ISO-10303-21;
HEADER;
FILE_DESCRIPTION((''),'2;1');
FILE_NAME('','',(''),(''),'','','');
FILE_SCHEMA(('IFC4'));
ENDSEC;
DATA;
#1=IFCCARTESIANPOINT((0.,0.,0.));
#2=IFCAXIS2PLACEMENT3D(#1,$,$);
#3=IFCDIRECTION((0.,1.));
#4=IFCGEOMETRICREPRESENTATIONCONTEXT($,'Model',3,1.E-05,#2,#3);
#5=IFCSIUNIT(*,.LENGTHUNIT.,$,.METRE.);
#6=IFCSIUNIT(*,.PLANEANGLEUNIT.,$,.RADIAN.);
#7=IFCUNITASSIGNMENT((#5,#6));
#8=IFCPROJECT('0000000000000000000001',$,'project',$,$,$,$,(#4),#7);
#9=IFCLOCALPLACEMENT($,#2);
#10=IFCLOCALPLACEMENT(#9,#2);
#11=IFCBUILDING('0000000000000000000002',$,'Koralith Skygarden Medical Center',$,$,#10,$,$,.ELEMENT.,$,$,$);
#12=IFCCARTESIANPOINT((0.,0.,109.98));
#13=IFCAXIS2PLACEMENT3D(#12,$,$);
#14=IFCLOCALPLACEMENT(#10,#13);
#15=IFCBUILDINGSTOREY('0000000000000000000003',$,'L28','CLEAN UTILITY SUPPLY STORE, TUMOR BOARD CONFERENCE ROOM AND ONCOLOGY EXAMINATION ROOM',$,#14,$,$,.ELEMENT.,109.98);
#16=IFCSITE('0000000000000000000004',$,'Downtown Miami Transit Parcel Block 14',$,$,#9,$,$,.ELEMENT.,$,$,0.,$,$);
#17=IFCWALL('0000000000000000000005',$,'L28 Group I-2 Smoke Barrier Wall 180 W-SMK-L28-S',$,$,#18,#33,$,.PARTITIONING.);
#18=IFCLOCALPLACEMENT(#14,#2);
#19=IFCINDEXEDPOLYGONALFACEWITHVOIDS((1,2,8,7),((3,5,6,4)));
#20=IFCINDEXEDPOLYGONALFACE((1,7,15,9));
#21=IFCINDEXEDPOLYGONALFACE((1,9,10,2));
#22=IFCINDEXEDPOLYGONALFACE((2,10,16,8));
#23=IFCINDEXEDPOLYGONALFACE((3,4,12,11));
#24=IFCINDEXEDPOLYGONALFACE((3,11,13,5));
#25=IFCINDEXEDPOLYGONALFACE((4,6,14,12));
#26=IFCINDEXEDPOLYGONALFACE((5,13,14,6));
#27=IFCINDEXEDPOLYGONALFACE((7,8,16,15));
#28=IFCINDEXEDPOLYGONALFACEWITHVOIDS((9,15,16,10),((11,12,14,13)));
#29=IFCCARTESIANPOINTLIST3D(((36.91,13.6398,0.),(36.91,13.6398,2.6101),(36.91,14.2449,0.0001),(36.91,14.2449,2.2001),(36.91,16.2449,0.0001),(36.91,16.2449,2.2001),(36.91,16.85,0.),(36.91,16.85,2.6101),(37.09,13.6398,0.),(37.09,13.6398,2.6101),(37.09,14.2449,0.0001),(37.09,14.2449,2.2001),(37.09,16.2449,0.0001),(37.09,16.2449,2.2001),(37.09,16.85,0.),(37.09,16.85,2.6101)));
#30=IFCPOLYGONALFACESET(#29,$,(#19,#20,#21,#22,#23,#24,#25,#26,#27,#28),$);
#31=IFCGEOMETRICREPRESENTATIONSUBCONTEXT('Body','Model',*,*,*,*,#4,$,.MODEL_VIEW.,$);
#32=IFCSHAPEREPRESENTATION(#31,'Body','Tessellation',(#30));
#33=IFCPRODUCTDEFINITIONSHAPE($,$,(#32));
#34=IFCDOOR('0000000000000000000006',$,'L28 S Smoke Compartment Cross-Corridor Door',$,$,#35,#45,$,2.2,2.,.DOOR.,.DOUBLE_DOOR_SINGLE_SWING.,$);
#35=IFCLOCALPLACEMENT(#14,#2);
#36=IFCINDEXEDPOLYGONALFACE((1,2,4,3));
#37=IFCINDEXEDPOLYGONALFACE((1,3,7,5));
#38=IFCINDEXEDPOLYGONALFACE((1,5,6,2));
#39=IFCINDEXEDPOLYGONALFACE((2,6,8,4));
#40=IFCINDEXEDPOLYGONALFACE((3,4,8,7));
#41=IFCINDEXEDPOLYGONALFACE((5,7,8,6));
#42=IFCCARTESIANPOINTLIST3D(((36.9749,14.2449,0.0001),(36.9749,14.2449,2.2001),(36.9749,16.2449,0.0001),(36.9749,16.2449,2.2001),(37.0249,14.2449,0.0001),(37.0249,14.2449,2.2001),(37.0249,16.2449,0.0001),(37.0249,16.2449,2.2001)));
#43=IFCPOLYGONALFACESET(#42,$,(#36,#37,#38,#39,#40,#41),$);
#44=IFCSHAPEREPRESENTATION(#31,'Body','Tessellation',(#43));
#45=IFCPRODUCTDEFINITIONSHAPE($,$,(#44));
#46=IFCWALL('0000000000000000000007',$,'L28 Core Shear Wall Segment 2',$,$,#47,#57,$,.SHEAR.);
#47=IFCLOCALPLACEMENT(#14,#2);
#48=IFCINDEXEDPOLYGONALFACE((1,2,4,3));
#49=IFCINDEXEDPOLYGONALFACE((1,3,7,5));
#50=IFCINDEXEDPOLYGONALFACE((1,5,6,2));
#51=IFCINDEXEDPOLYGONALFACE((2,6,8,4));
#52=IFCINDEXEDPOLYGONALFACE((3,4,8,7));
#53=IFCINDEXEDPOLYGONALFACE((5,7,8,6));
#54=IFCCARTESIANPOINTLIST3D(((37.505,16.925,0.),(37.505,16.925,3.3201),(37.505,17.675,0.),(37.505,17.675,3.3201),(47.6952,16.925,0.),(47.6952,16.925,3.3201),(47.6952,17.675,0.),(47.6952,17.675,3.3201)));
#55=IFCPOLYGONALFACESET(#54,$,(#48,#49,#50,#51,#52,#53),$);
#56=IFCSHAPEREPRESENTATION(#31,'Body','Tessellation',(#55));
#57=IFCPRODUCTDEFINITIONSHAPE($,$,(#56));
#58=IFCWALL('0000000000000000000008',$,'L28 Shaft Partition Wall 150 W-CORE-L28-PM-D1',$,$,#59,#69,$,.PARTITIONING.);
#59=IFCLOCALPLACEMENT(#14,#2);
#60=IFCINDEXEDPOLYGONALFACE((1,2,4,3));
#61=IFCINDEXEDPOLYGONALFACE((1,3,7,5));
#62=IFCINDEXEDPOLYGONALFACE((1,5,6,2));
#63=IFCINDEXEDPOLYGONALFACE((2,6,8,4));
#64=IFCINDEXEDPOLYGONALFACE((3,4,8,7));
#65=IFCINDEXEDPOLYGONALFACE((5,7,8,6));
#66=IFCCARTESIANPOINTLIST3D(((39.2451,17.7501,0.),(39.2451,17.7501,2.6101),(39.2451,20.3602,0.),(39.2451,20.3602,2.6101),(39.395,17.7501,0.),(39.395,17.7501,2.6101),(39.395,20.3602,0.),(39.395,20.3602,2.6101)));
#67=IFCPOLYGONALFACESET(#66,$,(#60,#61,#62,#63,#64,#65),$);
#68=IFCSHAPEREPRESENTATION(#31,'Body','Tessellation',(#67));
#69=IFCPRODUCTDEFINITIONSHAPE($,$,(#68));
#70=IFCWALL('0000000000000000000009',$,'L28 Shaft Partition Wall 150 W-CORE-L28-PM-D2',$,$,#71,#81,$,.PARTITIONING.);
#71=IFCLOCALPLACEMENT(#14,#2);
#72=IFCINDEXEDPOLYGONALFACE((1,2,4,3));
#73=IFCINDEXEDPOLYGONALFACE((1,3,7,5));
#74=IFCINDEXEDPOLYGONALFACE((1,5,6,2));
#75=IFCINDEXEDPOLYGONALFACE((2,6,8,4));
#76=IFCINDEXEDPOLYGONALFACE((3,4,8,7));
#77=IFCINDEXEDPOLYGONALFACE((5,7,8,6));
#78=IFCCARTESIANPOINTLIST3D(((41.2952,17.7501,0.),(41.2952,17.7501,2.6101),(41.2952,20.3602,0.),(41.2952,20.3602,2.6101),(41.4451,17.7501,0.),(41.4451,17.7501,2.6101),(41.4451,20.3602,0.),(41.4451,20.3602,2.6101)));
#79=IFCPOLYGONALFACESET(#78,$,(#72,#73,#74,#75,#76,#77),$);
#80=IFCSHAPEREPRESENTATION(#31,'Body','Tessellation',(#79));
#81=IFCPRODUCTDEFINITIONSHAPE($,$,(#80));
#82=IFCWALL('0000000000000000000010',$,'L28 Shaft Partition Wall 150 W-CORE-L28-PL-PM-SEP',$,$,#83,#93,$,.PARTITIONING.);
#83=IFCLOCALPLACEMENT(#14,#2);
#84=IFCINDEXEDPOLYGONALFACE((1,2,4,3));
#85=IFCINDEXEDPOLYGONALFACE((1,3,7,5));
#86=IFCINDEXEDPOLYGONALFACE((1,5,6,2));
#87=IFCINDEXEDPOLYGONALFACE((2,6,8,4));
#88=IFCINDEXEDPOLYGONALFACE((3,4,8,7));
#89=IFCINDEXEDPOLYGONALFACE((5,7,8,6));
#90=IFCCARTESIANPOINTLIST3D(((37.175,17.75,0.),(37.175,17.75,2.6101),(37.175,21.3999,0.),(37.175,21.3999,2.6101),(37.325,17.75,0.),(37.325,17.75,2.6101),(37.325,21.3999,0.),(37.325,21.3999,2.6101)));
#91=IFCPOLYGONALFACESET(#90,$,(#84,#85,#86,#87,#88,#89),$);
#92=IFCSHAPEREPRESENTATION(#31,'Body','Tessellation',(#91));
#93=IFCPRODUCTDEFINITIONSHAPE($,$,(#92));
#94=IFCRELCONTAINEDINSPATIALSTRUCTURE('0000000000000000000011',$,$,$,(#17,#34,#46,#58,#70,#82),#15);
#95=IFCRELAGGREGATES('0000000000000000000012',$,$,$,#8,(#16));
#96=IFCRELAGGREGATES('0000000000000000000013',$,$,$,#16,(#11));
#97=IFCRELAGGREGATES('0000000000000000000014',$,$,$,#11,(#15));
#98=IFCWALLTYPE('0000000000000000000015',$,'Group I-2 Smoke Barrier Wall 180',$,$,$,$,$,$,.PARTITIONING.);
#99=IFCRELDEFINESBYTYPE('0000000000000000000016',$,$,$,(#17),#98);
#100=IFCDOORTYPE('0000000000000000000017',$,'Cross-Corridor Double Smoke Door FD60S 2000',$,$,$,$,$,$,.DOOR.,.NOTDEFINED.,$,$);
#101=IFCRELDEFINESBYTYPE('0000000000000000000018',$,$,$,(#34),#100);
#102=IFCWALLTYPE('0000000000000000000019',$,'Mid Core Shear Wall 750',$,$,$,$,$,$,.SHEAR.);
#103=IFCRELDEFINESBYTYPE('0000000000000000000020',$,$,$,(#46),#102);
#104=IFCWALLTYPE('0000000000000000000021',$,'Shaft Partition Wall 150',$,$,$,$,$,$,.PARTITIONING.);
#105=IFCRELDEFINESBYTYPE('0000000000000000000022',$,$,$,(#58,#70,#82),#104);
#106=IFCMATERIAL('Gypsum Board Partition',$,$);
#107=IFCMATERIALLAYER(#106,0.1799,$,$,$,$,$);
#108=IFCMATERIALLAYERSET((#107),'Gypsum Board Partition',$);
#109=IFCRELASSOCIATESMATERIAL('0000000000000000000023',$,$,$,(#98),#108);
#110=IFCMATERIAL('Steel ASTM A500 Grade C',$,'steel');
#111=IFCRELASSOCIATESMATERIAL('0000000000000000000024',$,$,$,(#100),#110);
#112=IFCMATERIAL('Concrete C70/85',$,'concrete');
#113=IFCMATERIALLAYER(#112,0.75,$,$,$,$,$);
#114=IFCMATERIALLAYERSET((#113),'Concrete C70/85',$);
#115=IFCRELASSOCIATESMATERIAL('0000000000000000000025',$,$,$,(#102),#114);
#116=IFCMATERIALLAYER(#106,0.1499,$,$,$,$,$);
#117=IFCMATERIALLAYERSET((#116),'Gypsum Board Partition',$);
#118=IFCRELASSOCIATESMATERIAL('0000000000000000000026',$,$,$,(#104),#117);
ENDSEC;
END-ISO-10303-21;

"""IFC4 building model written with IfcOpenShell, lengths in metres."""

from ifc_helpers import new_model, si_unit, direction, frame, frame_2d, origin, place, context, subcontext, project, spatial, rectangle, extrude, material, layer, layer_set, type_object, element, fill, save


model = new_model("IFC4")

# Units and contexts
model_context = context("Model", 3, precision=1e-05, world=origin(), true_north=direction((0.0, 1.0)))
body_context = subcontext(model_context, "Body", "Model", "MODEL_VIEW")
ifc_project = project(units=[si_unit("LENGTHUNIT", "METRE"), si_unit("PLANEANGLEUNIT", "RADIAN")], contexts=[model_context])

# Site, building, storey
site_placement = place(None, origin())
site = spatial("IfcSite", under=ifc_project, at=site_placement, Name="Downtown Miami Transit Parcel Block 14", CompositionType="ELEMENT", RefElevation=0.0)
building_placement = place(site_placement, origin())
building = spatial("IfcBuilding", under=site, at=building_placement, Name="Koralith Skygarden Medical Center", CompositionType="ELEMENT")
storey_placement = place(building_placement, frame((0.0, 0.0, 109.98)))
storey = spatial("IfcBuildingStorey", under=building, at=storey_placement, Name="L28", Description="CLEAN UTILITY SUPPLY STORE, TUMOR BOARD CONFERENCE ROOM AND ONCOLOGY EXAMINATION ROOM", CompositionType="ELEMENT", Elevation=109.98)

# Shared definitions
ifc_material_1 = material(Name="Concrete C70/85", Category="concrete")

# Shared definitions
ifc_material_2 = material(Name="Gypsum Board Partition")

# Wall, opening, door
ifc_material_3 = material(Name="Steel ASTM A500 Grade C", Category="steel")
ifc_layer_1 = layer(ifc_material_2, 0.1799)
ifc_layer_set_1 = layer_set([ifc_layer_1], Name="Gypsum Board Partition")
wall_type_1 = type_object("IfcWallType", Name="Group I-2 Smoke Barrier Wall 180", PredefinedType="PARTITIONING", material=ifc_layer_set_1)
wall_1_placement = place(storey_placement, frame((37.0, 13.6399, 0.0), z_axis=(0.0, 0.0, 1.0), x_axis=(0.0, 1.0, 0.0)))
wall_1 = element("IfcWall", 1, at=wall_1_placement, inside=storey, type_object=wall_type_1, Name="L28 Group I-2 Smoke Barrier Wall 180 W-SMK-L28-S", PredefinedType="PARTITIONING", context=body_context, shape_type="SweptSolid", body=[
    extrude(rectangle(XDim=3.2102, YDim=0.1799, at=frame_2d((1.605, 0.0))), origin(), (0.0, 0.0, 1.0), 2.6101),
])
opening_1_placement = place(wall_1_placement, frame((0.605, 0.0, 0.0)))
opening_1 = element("IfcOpeningElement", 2, at=opening_1_placement, cuts=wall_1, PredefinedType="OPENING", context=body_context, shape_type="SweptSolid", body=[
    extrude(rectangle(XDim=2.0, YDim=2.2, at=frame_2d((1.0, 1.1001))), frame((0.0, 0.0999, 0.0), z_axis=(0.0, -1.0, 0.0), x_axis=(1.0, 0.0, 0.0)), (0.0, 0.0, 1.0), 0.2),
])
door_type_1 = type_object("IfcDoorType", Name="Cross-Corridor Double Smoke Door FD60S 2000", OperationType="NOTDEFINED", PredefinedType="DOOR", material=ifc_material_3)
door_1_placement = place(opening_1_placement, frame((2.0, 0.0, 0.0), z_axis=(0.0, 0.0, 1.0), x_axis=(-1.0, 0.0, 0.0)))
door_1 = element("IfcDoor", 3, at=door_1_placement, inside=storey, type_object=door_type_1, Name="L28 S Smoke Compartment Cross-Corridor Door", OperationType="DOUBLE_DOOR_SINGLE_SWING", OverallHeight=2.2, OverallWidth=2.0, PredefinedType="DOOR", context=body_context, shape_type="SweptSolid", body=[
    extrude(rectangle(XDim=2.0, YDim=2.2, at=frame_2d((1.0, 1.1001))), frame((0.0, 0.0249, 0.0), z_axis=(0.0, -1.0, 0.0), x_axis=(1.0, 0.0, 0.0)), (0.0, 0.0, 1.0), 0.05),
])
fill(opening_1, door_1)

# Walls
ifc_layer_2 = layer(ifc_material_1, 0.75)
ifc_layer_set_2 = layer_set([ifc_layer_2], Name="Concrete C70/85")
wall_type_2 = type_object("IfcWallType", Name="Mid Core Shear Wall 750", PredefinedType="SHEAR", material=ifc_layer_set_2)
wall_2_placement = place(storey_placement, frame((37.5049, 17.3, 0.0), z_axis=(0.0, 0.0, 1.0), x_axis=(1.0, 0.0, 0.0)))
element("IfcWall", 4, at=wall_2_placement, inside=storey, type_object=wall_type_2, Name="L28 Core Shear Wall Segment 2", PredefinedType="SHEAR", context=body_context, shape_type="SweptSolid", body=[
    extrude(rectangle(XDim=10.1902, YDim=0.75, at=frame_2d((5.0952, 0.0))), origin(), (0.0, 0.0, 1.0), 3.3201),
])
ifc_layer_3 = layer(ifc_material_2, 0.1499)
ifc_layer_set_3 = layer_set([ifc_layer_3], Name="Gypsum Board Partition")
wall_type_3 = type_object("IfcWallType", Name="Shaft Partition Wall 150", PredefinedType="PARTITIONING", material=ifc_layer_set_3)
for number, where, z_axis, x_axis, name in (
    (5, (39.3201, 17.75, 0.0), (0.0, 0.0, 1.0), (0.0, 1.0, 0.0), "L28 Shaft Partition Wall 150 W-CORE-L28-PM-D1"),
    (6, (41.3701, 17.75, 0.0), (0.0, 0.0, 1.0), (0.0, 1.0, 0.0), "L28 Shaft Partition Wall 150 W-CORE-L28-PM-D2"),
):
    element("IfcWall", number, at=place(storey_placement, frame(where, z_axis=z_axis, x_axis=x_axis)), inside=storey, type_object=wall_type_3, Name=name, PredefinedType="PARTITIONING", context=body_context, shape_type="SweptSolid", body=[
        extrude(rectangle(XDim=2.6101, YDim=0.1499, at=frame_2d((1.3052, 0.0))), origin(), (0.0, 0.0, 1.0), 2.6101),
    ])
wall_3_placement = place(storey_placement, frame((37.25, 17.75, 0.0), z_axis=(0.0, 0.0, 1.0), x_axis=(0.0, 1.0, 0.0)))
element("IfcWall", 7, at=wall_3_placement, inside=storey, type_object=wall_type_3, Name="L28 Shaft Partition Wall 150 W-CORE-L28-PL-PM-SEP", PredefinedType="PARTITIONING", context=body_context, shape_type="SweptSolid", body=[
    extrude(rectangle(XDim=3.6499, YDim=0.1499, at=frame_2d((1.825, 0.0))), origin(), (0.0, 0.0, 1.0), 2.6101),
])

save(model, "model.ifc")
